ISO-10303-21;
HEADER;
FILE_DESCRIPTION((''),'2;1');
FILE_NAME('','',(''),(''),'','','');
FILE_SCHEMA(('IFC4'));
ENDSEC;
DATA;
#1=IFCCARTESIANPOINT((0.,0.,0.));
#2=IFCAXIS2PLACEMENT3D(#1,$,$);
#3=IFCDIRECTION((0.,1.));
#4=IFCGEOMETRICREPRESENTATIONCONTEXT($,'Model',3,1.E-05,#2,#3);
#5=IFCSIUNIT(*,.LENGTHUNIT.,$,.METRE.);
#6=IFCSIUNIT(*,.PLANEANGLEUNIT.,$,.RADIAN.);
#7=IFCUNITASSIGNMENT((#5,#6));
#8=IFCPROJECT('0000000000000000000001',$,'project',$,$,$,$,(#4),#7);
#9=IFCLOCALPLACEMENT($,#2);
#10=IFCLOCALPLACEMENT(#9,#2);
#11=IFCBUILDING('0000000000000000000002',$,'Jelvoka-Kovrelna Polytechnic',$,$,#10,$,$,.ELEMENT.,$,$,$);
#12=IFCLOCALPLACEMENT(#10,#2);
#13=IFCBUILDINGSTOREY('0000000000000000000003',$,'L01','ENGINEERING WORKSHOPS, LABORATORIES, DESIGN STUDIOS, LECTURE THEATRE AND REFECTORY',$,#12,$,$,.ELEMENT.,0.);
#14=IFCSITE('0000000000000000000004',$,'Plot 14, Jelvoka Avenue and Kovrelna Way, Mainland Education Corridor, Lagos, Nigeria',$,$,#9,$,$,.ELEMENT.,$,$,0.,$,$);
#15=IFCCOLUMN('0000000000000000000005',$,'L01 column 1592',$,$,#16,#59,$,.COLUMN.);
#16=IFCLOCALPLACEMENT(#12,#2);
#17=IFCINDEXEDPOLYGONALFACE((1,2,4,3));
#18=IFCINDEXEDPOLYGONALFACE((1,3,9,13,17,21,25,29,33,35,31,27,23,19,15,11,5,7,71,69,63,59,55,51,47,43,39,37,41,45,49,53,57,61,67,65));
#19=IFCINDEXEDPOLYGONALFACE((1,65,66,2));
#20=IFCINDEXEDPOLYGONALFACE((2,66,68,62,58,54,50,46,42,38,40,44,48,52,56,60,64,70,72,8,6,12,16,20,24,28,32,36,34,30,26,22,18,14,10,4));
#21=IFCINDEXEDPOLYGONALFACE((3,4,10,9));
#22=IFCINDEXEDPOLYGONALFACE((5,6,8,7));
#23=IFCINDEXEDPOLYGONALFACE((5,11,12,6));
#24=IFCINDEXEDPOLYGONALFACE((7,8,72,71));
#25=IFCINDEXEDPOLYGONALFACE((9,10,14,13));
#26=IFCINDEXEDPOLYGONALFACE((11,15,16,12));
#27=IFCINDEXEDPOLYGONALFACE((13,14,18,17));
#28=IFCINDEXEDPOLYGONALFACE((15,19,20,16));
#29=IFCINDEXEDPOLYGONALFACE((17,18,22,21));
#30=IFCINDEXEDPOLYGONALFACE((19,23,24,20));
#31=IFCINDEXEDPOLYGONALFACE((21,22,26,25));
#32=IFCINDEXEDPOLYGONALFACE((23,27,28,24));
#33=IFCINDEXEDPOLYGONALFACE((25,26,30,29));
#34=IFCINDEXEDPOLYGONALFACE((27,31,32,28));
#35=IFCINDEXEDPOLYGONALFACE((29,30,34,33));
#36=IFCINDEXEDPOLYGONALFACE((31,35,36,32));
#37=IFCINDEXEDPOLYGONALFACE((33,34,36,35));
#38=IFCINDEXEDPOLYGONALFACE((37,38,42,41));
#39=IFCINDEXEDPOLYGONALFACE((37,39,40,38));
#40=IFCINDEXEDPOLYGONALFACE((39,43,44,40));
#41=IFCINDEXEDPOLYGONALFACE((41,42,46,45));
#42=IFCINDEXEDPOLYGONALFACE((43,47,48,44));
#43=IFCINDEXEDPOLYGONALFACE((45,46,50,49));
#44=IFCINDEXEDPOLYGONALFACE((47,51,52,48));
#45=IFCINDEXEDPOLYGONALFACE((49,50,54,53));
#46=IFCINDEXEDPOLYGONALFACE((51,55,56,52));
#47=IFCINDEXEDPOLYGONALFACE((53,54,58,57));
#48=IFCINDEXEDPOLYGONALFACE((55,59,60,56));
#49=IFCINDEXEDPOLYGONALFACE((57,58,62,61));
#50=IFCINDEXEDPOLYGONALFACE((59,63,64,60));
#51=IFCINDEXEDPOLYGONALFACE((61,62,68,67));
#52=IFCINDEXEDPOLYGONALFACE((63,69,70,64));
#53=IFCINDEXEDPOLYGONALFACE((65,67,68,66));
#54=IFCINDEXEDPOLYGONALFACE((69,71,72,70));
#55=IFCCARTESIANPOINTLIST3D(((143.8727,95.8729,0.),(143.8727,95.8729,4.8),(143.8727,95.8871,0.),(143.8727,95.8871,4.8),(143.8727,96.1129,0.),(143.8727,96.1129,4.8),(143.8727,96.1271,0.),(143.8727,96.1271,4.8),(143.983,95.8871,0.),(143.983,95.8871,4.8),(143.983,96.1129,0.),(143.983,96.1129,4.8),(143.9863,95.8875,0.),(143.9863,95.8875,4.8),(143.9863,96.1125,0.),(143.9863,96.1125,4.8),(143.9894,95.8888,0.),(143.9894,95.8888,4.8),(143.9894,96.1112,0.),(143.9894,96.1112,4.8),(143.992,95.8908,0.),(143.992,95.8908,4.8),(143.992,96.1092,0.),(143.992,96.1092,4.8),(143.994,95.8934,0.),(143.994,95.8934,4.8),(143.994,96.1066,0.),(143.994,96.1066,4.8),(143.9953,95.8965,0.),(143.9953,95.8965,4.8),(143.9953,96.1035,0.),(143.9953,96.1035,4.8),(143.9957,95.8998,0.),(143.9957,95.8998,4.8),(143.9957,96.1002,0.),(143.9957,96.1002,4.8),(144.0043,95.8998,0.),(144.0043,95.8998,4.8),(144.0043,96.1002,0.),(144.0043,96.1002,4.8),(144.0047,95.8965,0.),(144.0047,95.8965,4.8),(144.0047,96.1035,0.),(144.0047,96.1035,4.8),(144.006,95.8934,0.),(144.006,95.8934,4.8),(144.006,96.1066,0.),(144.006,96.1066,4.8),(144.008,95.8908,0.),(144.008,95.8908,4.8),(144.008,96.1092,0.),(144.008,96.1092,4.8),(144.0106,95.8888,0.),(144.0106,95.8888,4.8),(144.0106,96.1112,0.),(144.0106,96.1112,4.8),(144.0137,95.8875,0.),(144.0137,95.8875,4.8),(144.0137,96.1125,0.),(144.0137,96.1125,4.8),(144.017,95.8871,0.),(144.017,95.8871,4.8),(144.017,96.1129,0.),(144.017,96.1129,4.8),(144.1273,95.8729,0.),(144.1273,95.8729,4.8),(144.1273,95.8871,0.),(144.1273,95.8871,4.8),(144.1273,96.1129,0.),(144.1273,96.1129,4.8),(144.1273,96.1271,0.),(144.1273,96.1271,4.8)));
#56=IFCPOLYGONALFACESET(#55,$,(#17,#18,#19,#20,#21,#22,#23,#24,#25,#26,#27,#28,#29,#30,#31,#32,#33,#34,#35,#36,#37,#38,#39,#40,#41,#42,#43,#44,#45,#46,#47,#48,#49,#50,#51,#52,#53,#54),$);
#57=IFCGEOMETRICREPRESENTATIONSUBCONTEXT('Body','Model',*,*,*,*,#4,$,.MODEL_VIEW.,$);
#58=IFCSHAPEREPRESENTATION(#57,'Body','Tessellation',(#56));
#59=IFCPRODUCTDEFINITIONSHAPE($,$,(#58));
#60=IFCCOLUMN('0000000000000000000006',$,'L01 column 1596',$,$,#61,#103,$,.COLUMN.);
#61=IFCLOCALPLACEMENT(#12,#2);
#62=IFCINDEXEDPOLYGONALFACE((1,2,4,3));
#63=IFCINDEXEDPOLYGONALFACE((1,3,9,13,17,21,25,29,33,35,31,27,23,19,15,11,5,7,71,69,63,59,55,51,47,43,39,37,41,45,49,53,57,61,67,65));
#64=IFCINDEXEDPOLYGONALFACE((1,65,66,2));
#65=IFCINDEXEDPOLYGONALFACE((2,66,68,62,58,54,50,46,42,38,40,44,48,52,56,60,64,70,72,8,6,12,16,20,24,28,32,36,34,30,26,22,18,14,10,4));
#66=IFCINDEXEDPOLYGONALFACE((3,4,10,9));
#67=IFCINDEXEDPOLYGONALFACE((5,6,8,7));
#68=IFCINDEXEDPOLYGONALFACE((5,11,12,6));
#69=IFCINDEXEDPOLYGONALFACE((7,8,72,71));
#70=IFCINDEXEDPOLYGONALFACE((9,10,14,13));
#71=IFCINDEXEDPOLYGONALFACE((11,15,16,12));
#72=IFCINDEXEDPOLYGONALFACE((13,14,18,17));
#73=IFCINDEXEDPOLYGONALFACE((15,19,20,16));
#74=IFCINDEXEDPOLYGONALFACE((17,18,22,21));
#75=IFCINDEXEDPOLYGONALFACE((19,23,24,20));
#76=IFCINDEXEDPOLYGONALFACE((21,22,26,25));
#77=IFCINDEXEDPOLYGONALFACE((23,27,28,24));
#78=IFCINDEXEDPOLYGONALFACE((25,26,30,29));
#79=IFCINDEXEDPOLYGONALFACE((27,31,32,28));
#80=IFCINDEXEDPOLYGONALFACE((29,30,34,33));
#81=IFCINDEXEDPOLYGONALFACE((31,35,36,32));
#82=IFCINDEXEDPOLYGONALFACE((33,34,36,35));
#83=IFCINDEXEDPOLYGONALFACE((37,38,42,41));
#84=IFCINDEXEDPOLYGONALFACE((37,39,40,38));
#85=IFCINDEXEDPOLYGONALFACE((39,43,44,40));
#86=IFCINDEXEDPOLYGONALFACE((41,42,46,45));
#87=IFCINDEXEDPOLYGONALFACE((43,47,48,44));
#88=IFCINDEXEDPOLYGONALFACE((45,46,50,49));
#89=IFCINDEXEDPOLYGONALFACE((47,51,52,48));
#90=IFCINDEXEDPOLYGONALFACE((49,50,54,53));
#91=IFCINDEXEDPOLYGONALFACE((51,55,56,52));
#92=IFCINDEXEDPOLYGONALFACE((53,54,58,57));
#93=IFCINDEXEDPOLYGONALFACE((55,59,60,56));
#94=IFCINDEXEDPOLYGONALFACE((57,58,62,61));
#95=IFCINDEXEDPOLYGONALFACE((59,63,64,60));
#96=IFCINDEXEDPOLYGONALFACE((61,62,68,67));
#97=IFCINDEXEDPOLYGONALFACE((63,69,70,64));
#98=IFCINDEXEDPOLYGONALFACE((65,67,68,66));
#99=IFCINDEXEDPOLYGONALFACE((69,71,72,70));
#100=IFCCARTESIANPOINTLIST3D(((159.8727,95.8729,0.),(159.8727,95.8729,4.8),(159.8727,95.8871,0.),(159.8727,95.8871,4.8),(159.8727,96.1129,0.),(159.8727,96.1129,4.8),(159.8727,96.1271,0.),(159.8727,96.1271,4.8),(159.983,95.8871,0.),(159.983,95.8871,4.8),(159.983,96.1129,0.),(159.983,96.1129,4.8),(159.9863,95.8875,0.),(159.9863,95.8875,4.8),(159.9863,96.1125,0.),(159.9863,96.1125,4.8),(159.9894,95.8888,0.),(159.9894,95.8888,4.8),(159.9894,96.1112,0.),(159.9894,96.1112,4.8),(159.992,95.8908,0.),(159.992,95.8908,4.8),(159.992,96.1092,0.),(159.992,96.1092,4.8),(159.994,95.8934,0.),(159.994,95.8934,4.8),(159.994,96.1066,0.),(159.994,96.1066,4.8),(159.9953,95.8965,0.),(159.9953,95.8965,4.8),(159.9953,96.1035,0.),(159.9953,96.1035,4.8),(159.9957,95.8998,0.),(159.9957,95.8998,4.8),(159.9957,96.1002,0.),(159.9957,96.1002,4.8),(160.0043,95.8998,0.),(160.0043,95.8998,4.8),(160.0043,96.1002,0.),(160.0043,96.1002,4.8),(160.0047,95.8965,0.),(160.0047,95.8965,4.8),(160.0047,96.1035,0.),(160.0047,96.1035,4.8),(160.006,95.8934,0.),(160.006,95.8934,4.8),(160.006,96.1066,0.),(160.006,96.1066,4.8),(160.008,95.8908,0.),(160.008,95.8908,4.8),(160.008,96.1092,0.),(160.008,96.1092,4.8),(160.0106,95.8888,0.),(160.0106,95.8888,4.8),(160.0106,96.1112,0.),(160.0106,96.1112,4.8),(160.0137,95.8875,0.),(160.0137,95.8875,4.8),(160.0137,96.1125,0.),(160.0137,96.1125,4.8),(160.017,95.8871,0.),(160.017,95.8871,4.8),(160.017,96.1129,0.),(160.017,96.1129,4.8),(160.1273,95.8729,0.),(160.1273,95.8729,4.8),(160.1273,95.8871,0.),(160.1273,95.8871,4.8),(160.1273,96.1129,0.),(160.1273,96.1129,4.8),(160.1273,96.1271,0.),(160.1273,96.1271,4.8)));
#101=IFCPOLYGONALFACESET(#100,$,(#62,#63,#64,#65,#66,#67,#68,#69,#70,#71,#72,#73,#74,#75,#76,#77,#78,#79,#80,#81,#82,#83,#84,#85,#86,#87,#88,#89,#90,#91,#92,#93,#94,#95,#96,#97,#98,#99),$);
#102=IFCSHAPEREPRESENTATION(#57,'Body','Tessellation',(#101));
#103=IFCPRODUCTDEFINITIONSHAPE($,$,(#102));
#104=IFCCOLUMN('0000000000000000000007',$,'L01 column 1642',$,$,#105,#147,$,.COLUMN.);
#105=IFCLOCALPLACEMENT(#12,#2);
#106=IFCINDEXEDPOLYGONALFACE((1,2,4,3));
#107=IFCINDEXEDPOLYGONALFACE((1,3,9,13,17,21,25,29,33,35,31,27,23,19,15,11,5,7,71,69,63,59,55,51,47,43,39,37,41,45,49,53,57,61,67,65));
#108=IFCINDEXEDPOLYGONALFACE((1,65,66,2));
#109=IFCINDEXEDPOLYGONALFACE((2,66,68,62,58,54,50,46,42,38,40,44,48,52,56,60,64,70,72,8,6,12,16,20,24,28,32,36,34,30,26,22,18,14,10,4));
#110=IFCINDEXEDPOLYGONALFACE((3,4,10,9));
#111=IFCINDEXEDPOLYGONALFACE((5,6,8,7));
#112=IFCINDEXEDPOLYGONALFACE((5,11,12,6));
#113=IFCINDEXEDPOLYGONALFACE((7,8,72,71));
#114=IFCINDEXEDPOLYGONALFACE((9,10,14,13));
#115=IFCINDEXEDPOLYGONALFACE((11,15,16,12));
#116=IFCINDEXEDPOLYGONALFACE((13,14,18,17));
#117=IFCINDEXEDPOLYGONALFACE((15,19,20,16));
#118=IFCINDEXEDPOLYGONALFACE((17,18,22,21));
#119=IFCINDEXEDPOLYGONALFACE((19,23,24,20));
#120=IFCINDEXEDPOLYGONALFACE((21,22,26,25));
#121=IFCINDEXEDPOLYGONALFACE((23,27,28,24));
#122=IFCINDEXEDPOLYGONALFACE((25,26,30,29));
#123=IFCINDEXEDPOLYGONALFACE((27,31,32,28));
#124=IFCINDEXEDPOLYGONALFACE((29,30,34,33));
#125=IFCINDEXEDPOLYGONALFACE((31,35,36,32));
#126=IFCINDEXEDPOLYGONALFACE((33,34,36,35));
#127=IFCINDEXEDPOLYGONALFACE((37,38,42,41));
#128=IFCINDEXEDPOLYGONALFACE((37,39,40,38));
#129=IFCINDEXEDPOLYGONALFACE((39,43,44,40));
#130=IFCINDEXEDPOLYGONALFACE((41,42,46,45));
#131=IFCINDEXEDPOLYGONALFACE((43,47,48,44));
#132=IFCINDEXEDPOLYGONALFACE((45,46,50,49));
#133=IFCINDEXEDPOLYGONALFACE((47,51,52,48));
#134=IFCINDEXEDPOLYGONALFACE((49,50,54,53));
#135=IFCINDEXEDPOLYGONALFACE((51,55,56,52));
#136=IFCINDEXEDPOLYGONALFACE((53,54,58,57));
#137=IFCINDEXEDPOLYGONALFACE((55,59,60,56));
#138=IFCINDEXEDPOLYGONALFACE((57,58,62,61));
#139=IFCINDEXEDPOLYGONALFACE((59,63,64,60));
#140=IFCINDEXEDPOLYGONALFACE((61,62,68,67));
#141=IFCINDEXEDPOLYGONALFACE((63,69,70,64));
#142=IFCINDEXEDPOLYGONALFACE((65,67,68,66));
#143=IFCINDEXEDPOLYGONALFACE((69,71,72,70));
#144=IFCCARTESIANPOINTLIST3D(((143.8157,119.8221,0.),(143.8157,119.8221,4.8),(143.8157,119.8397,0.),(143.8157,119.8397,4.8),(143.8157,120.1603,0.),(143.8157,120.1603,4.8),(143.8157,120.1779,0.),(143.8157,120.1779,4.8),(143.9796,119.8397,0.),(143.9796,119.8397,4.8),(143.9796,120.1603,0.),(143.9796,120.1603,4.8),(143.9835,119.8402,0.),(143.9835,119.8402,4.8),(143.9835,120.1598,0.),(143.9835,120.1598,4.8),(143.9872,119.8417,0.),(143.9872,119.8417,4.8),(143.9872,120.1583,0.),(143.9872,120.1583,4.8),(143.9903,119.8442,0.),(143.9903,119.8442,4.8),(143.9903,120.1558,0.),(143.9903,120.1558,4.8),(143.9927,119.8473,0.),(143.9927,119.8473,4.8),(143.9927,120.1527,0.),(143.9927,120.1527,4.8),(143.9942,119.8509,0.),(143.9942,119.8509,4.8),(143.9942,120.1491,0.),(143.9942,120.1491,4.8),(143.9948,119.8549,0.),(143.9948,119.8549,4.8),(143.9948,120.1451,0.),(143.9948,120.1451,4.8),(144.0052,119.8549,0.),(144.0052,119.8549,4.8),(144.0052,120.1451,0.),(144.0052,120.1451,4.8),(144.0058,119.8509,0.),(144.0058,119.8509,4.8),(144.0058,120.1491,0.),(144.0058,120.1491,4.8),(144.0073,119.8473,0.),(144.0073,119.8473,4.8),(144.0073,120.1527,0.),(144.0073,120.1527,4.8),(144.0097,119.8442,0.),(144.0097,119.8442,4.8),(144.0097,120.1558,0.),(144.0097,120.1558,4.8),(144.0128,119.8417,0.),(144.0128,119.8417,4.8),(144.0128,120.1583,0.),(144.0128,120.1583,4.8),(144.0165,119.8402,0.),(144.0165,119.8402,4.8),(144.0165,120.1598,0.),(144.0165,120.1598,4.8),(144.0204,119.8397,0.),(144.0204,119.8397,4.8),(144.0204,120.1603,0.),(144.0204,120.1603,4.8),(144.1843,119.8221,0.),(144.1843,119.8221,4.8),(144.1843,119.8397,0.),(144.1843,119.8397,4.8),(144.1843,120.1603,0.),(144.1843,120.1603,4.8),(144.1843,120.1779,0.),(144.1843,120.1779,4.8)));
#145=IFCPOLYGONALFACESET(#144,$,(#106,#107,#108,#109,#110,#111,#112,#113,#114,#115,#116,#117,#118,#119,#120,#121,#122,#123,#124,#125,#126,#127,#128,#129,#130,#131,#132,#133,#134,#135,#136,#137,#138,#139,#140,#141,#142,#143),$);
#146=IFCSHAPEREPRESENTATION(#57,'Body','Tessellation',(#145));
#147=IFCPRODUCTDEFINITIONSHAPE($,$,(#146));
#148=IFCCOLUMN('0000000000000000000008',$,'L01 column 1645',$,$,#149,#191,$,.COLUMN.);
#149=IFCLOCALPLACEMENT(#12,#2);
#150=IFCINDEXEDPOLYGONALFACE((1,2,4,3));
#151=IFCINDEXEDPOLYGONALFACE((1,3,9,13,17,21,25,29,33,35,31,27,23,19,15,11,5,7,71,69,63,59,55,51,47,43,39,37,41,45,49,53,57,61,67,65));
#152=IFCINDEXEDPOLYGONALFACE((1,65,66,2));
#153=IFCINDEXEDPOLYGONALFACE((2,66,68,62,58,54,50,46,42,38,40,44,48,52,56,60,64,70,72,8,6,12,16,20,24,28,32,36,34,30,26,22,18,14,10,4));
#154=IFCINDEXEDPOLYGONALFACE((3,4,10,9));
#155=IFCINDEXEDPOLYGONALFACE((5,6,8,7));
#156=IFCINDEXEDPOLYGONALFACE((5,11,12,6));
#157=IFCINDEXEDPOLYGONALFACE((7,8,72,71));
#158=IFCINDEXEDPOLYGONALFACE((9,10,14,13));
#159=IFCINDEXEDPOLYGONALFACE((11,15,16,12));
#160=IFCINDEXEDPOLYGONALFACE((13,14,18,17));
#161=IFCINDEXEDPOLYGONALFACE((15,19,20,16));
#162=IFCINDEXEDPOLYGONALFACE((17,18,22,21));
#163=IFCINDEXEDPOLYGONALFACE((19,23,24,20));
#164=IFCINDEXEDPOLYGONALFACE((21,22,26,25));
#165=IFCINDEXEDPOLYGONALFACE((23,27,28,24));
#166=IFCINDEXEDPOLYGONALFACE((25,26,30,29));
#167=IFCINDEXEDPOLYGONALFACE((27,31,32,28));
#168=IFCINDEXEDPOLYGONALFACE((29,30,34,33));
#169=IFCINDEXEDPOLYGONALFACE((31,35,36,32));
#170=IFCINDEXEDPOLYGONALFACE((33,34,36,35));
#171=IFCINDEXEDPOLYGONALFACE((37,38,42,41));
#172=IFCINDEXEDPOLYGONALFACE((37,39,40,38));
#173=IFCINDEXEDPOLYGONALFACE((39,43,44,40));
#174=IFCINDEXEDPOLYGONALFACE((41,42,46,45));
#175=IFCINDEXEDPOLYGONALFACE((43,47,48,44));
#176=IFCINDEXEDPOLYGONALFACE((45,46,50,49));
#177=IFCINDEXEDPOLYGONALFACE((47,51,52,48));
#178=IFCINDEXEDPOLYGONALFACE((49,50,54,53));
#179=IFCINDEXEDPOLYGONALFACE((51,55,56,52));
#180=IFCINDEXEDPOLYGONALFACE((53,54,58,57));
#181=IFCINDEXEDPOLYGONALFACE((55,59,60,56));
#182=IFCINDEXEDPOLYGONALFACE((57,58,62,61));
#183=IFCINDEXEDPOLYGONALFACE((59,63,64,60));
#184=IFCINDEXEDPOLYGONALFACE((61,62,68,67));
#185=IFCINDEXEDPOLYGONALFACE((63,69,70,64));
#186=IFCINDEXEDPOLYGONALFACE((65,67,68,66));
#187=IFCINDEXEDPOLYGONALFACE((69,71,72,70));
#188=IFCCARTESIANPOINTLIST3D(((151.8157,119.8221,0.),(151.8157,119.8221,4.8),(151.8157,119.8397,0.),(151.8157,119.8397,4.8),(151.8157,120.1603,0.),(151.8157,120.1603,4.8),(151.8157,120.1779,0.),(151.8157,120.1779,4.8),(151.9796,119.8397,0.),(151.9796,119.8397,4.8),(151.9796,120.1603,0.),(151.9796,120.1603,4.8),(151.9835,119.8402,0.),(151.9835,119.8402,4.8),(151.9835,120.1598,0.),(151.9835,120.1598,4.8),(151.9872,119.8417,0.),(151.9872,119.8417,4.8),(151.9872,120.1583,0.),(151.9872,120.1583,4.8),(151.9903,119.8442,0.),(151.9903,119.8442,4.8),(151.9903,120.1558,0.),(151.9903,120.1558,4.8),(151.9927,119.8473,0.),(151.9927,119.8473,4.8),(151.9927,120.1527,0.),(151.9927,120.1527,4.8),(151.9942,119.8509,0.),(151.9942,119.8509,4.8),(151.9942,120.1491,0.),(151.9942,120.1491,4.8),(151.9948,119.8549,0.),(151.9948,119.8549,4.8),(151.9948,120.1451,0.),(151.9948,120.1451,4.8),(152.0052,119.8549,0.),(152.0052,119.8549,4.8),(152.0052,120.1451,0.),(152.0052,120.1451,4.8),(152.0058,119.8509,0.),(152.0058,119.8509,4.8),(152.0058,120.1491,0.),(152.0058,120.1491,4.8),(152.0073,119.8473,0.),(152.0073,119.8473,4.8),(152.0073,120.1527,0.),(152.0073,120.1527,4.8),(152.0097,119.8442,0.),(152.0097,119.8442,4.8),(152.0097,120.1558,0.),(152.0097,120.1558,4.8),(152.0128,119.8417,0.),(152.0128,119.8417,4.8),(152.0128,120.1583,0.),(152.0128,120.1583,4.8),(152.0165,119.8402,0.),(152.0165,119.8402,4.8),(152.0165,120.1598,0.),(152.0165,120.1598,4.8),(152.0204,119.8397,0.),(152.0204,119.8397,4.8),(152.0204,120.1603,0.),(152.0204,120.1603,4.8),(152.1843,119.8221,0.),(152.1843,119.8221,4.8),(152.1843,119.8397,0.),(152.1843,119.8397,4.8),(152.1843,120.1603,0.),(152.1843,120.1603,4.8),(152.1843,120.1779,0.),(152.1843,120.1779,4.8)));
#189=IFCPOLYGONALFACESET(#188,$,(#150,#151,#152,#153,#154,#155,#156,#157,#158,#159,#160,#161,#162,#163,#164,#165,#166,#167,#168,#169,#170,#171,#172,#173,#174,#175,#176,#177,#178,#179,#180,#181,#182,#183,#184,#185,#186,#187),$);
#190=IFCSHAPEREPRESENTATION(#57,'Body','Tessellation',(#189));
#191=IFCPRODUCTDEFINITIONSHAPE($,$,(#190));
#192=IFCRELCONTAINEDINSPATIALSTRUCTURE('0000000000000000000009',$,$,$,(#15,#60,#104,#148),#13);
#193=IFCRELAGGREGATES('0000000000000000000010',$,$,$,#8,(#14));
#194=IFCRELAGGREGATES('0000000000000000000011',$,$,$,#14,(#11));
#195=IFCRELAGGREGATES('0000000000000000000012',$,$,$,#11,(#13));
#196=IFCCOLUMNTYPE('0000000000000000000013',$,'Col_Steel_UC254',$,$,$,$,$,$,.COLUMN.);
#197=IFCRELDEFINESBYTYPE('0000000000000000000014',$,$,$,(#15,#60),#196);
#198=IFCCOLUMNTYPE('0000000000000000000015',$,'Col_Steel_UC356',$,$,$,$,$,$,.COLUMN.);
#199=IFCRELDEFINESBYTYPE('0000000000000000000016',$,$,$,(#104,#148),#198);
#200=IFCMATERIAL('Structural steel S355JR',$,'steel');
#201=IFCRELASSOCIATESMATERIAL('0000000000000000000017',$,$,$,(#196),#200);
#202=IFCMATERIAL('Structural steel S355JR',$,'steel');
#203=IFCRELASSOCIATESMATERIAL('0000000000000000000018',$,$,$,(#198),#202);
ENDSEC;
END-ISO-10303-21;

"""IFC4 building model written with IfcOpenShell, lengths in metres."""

from ifc_helpers import new_model, si_unit, direction, frame, origin, origin_2d, place, context, subcontext, project, spatial, i_section, extrude, material, material_profile, profile_set, type_object, element, save


model = new_model("IFC4")

# Units and contexts
model_context = context("Model", 3, precision=1e-05, world=origin(), true_north=direction((0.0, 1.0)))
body_context = subcontext(model_context, "Body", "Model", "MODEL_VIEW")
ifc_project = project(units=[si_unit("LENGTHUNIT", "METRE"), si_unit("PLANEANGLEUNIT", "RADIAN")], contexts=[model_context])

# Site, building, storey
site_placement = place(None, origin())
site = spatial("IfcSite", under=ifc_project, at=site_placement, Name="Plot 14, Jelvoka Avenue and Kovrelna Way, Mainland Education Corridor, Lagos, Nigeria", CompositionType="ELEMENT", RefElevation=0.0)
building_placement = place(site_placement, origin())
building = spatial("IfcBuilding", under=site, at=building_placement, Name="Jelvoka-Kovrelna Polytechnic", CompositionType="ELEMENT")
storey_placement = place(building_placement, origin())
storey = spatial("IfcBuildingStorey", under=building, at=storey_placement, Name="L01", Description="ENGINEERING WORKSHOPS, LABORATORIES, DESIGN STUDIOS, LECTURE THEATRE AND REFECTORY", CompositionType="ELEMENT", Elevation=0.0)

# Columns
ifc_material_1 = material(Name="Structural steel S355JR", Category="steel")
ifc_material_profile_1 = material_profile(ifc_material_1, i_section(OverallWidth=0.2546, OverallDepth=0.2542, WebThickness=0.0085, FlangeThickness=0.0142, FilletRadius=0.0127, at=origin_2d()), Name="254x254x73 UC")
ifc_profile_set_1 = profile_set([ifc_material_profile_1], Name="Structural steel S355JR")
column_type_1 = type_object("IfcColumnType", Name="Col_Steel_UC254", PredefinedType="COLUMN", material=ifc_profile_set_1)
for number, where, z_axis, x_axis, name in (
    (1, (144.0, 96.0, 0.0), (0.0, 0.0, 1.0), (1.0, 0.0, 0.0), "L01 column 1592"),
    (2, (160.0, 96.0, 0.0), (0.0, 0.0, 1.0), (1.0, 0.0, 0.0), "L01 column 1596"),
):
    element("IfcColumn", number, at=place(storey_placement, frame(where, z_axis=z_axis, x_axis=x_axis)), inside=storey, type_object=column_type_1, Name=name, PredefinedType="COLUMN", context=body_context, shape_type="SweptSolid", body=[
        extrude(i_section(OverallWidth=0.2546, OverallDepth=0.2542, WebThickness=0.0085, FlangeThickness=0.0142, FilletRadius=0.0127, at=origin_2d()), origin(), (0.0, 0.0, 1.0), 4.8),
    ])
ifc_material_2 = material(Name="Structural steel S355JR", Category="steel")
ifc_material_profile_2 = material_profile(ifc_material_2, i_section(OverallWidth=0.3687, OverallDepth=0.3557, WebThickness=0.0105, FlangeThickness=0.0176, FilletRadius=0.0151, at=origin_2d()), Name="356x368x129 UC")
ifc_profile_set_2 = profile_set([ifc_material_profile_2], Name="Structural steel S355JR")
column_type_2 = type_object("IfcColumnType", Name="Col_Steel_UC356", PredefinedType="COLUMN", material=ifc_profile_set_2)
for number, where, z_axis, x_axis, name in (
    (3, (144.0, 120.0, 0.0), (0.0, 0.0, 1.0), (1.0, 0.0, 0.0), "L01 column 1642"),
    (4, (152.0, 120.0, 0.0), (0.0, 0.0, 1.0), (1.0, 0.0, 0.0), "L01 column 1645"),
):
    element("IfcColumn", number, at=place(storey_placement, frame(where, z_axis=z_axis, x_axis=x_axis)), inside=storey, type_object=column_type_2, Name=name, PredefinedType="COLUMN", context=body_context, shape_type="SweptSolid", body=[
        extrude(i_section(OverallWidth=0.3687, OverallDepth=0.3557, WebThickness=0.0105, FlangeThickness=0.0176, FilletRadius=0.0151, at=origin_2d()), origin(), (0.0, 0.0, 1.0), 4.8),
    ])

save(model, "model.ifc")
